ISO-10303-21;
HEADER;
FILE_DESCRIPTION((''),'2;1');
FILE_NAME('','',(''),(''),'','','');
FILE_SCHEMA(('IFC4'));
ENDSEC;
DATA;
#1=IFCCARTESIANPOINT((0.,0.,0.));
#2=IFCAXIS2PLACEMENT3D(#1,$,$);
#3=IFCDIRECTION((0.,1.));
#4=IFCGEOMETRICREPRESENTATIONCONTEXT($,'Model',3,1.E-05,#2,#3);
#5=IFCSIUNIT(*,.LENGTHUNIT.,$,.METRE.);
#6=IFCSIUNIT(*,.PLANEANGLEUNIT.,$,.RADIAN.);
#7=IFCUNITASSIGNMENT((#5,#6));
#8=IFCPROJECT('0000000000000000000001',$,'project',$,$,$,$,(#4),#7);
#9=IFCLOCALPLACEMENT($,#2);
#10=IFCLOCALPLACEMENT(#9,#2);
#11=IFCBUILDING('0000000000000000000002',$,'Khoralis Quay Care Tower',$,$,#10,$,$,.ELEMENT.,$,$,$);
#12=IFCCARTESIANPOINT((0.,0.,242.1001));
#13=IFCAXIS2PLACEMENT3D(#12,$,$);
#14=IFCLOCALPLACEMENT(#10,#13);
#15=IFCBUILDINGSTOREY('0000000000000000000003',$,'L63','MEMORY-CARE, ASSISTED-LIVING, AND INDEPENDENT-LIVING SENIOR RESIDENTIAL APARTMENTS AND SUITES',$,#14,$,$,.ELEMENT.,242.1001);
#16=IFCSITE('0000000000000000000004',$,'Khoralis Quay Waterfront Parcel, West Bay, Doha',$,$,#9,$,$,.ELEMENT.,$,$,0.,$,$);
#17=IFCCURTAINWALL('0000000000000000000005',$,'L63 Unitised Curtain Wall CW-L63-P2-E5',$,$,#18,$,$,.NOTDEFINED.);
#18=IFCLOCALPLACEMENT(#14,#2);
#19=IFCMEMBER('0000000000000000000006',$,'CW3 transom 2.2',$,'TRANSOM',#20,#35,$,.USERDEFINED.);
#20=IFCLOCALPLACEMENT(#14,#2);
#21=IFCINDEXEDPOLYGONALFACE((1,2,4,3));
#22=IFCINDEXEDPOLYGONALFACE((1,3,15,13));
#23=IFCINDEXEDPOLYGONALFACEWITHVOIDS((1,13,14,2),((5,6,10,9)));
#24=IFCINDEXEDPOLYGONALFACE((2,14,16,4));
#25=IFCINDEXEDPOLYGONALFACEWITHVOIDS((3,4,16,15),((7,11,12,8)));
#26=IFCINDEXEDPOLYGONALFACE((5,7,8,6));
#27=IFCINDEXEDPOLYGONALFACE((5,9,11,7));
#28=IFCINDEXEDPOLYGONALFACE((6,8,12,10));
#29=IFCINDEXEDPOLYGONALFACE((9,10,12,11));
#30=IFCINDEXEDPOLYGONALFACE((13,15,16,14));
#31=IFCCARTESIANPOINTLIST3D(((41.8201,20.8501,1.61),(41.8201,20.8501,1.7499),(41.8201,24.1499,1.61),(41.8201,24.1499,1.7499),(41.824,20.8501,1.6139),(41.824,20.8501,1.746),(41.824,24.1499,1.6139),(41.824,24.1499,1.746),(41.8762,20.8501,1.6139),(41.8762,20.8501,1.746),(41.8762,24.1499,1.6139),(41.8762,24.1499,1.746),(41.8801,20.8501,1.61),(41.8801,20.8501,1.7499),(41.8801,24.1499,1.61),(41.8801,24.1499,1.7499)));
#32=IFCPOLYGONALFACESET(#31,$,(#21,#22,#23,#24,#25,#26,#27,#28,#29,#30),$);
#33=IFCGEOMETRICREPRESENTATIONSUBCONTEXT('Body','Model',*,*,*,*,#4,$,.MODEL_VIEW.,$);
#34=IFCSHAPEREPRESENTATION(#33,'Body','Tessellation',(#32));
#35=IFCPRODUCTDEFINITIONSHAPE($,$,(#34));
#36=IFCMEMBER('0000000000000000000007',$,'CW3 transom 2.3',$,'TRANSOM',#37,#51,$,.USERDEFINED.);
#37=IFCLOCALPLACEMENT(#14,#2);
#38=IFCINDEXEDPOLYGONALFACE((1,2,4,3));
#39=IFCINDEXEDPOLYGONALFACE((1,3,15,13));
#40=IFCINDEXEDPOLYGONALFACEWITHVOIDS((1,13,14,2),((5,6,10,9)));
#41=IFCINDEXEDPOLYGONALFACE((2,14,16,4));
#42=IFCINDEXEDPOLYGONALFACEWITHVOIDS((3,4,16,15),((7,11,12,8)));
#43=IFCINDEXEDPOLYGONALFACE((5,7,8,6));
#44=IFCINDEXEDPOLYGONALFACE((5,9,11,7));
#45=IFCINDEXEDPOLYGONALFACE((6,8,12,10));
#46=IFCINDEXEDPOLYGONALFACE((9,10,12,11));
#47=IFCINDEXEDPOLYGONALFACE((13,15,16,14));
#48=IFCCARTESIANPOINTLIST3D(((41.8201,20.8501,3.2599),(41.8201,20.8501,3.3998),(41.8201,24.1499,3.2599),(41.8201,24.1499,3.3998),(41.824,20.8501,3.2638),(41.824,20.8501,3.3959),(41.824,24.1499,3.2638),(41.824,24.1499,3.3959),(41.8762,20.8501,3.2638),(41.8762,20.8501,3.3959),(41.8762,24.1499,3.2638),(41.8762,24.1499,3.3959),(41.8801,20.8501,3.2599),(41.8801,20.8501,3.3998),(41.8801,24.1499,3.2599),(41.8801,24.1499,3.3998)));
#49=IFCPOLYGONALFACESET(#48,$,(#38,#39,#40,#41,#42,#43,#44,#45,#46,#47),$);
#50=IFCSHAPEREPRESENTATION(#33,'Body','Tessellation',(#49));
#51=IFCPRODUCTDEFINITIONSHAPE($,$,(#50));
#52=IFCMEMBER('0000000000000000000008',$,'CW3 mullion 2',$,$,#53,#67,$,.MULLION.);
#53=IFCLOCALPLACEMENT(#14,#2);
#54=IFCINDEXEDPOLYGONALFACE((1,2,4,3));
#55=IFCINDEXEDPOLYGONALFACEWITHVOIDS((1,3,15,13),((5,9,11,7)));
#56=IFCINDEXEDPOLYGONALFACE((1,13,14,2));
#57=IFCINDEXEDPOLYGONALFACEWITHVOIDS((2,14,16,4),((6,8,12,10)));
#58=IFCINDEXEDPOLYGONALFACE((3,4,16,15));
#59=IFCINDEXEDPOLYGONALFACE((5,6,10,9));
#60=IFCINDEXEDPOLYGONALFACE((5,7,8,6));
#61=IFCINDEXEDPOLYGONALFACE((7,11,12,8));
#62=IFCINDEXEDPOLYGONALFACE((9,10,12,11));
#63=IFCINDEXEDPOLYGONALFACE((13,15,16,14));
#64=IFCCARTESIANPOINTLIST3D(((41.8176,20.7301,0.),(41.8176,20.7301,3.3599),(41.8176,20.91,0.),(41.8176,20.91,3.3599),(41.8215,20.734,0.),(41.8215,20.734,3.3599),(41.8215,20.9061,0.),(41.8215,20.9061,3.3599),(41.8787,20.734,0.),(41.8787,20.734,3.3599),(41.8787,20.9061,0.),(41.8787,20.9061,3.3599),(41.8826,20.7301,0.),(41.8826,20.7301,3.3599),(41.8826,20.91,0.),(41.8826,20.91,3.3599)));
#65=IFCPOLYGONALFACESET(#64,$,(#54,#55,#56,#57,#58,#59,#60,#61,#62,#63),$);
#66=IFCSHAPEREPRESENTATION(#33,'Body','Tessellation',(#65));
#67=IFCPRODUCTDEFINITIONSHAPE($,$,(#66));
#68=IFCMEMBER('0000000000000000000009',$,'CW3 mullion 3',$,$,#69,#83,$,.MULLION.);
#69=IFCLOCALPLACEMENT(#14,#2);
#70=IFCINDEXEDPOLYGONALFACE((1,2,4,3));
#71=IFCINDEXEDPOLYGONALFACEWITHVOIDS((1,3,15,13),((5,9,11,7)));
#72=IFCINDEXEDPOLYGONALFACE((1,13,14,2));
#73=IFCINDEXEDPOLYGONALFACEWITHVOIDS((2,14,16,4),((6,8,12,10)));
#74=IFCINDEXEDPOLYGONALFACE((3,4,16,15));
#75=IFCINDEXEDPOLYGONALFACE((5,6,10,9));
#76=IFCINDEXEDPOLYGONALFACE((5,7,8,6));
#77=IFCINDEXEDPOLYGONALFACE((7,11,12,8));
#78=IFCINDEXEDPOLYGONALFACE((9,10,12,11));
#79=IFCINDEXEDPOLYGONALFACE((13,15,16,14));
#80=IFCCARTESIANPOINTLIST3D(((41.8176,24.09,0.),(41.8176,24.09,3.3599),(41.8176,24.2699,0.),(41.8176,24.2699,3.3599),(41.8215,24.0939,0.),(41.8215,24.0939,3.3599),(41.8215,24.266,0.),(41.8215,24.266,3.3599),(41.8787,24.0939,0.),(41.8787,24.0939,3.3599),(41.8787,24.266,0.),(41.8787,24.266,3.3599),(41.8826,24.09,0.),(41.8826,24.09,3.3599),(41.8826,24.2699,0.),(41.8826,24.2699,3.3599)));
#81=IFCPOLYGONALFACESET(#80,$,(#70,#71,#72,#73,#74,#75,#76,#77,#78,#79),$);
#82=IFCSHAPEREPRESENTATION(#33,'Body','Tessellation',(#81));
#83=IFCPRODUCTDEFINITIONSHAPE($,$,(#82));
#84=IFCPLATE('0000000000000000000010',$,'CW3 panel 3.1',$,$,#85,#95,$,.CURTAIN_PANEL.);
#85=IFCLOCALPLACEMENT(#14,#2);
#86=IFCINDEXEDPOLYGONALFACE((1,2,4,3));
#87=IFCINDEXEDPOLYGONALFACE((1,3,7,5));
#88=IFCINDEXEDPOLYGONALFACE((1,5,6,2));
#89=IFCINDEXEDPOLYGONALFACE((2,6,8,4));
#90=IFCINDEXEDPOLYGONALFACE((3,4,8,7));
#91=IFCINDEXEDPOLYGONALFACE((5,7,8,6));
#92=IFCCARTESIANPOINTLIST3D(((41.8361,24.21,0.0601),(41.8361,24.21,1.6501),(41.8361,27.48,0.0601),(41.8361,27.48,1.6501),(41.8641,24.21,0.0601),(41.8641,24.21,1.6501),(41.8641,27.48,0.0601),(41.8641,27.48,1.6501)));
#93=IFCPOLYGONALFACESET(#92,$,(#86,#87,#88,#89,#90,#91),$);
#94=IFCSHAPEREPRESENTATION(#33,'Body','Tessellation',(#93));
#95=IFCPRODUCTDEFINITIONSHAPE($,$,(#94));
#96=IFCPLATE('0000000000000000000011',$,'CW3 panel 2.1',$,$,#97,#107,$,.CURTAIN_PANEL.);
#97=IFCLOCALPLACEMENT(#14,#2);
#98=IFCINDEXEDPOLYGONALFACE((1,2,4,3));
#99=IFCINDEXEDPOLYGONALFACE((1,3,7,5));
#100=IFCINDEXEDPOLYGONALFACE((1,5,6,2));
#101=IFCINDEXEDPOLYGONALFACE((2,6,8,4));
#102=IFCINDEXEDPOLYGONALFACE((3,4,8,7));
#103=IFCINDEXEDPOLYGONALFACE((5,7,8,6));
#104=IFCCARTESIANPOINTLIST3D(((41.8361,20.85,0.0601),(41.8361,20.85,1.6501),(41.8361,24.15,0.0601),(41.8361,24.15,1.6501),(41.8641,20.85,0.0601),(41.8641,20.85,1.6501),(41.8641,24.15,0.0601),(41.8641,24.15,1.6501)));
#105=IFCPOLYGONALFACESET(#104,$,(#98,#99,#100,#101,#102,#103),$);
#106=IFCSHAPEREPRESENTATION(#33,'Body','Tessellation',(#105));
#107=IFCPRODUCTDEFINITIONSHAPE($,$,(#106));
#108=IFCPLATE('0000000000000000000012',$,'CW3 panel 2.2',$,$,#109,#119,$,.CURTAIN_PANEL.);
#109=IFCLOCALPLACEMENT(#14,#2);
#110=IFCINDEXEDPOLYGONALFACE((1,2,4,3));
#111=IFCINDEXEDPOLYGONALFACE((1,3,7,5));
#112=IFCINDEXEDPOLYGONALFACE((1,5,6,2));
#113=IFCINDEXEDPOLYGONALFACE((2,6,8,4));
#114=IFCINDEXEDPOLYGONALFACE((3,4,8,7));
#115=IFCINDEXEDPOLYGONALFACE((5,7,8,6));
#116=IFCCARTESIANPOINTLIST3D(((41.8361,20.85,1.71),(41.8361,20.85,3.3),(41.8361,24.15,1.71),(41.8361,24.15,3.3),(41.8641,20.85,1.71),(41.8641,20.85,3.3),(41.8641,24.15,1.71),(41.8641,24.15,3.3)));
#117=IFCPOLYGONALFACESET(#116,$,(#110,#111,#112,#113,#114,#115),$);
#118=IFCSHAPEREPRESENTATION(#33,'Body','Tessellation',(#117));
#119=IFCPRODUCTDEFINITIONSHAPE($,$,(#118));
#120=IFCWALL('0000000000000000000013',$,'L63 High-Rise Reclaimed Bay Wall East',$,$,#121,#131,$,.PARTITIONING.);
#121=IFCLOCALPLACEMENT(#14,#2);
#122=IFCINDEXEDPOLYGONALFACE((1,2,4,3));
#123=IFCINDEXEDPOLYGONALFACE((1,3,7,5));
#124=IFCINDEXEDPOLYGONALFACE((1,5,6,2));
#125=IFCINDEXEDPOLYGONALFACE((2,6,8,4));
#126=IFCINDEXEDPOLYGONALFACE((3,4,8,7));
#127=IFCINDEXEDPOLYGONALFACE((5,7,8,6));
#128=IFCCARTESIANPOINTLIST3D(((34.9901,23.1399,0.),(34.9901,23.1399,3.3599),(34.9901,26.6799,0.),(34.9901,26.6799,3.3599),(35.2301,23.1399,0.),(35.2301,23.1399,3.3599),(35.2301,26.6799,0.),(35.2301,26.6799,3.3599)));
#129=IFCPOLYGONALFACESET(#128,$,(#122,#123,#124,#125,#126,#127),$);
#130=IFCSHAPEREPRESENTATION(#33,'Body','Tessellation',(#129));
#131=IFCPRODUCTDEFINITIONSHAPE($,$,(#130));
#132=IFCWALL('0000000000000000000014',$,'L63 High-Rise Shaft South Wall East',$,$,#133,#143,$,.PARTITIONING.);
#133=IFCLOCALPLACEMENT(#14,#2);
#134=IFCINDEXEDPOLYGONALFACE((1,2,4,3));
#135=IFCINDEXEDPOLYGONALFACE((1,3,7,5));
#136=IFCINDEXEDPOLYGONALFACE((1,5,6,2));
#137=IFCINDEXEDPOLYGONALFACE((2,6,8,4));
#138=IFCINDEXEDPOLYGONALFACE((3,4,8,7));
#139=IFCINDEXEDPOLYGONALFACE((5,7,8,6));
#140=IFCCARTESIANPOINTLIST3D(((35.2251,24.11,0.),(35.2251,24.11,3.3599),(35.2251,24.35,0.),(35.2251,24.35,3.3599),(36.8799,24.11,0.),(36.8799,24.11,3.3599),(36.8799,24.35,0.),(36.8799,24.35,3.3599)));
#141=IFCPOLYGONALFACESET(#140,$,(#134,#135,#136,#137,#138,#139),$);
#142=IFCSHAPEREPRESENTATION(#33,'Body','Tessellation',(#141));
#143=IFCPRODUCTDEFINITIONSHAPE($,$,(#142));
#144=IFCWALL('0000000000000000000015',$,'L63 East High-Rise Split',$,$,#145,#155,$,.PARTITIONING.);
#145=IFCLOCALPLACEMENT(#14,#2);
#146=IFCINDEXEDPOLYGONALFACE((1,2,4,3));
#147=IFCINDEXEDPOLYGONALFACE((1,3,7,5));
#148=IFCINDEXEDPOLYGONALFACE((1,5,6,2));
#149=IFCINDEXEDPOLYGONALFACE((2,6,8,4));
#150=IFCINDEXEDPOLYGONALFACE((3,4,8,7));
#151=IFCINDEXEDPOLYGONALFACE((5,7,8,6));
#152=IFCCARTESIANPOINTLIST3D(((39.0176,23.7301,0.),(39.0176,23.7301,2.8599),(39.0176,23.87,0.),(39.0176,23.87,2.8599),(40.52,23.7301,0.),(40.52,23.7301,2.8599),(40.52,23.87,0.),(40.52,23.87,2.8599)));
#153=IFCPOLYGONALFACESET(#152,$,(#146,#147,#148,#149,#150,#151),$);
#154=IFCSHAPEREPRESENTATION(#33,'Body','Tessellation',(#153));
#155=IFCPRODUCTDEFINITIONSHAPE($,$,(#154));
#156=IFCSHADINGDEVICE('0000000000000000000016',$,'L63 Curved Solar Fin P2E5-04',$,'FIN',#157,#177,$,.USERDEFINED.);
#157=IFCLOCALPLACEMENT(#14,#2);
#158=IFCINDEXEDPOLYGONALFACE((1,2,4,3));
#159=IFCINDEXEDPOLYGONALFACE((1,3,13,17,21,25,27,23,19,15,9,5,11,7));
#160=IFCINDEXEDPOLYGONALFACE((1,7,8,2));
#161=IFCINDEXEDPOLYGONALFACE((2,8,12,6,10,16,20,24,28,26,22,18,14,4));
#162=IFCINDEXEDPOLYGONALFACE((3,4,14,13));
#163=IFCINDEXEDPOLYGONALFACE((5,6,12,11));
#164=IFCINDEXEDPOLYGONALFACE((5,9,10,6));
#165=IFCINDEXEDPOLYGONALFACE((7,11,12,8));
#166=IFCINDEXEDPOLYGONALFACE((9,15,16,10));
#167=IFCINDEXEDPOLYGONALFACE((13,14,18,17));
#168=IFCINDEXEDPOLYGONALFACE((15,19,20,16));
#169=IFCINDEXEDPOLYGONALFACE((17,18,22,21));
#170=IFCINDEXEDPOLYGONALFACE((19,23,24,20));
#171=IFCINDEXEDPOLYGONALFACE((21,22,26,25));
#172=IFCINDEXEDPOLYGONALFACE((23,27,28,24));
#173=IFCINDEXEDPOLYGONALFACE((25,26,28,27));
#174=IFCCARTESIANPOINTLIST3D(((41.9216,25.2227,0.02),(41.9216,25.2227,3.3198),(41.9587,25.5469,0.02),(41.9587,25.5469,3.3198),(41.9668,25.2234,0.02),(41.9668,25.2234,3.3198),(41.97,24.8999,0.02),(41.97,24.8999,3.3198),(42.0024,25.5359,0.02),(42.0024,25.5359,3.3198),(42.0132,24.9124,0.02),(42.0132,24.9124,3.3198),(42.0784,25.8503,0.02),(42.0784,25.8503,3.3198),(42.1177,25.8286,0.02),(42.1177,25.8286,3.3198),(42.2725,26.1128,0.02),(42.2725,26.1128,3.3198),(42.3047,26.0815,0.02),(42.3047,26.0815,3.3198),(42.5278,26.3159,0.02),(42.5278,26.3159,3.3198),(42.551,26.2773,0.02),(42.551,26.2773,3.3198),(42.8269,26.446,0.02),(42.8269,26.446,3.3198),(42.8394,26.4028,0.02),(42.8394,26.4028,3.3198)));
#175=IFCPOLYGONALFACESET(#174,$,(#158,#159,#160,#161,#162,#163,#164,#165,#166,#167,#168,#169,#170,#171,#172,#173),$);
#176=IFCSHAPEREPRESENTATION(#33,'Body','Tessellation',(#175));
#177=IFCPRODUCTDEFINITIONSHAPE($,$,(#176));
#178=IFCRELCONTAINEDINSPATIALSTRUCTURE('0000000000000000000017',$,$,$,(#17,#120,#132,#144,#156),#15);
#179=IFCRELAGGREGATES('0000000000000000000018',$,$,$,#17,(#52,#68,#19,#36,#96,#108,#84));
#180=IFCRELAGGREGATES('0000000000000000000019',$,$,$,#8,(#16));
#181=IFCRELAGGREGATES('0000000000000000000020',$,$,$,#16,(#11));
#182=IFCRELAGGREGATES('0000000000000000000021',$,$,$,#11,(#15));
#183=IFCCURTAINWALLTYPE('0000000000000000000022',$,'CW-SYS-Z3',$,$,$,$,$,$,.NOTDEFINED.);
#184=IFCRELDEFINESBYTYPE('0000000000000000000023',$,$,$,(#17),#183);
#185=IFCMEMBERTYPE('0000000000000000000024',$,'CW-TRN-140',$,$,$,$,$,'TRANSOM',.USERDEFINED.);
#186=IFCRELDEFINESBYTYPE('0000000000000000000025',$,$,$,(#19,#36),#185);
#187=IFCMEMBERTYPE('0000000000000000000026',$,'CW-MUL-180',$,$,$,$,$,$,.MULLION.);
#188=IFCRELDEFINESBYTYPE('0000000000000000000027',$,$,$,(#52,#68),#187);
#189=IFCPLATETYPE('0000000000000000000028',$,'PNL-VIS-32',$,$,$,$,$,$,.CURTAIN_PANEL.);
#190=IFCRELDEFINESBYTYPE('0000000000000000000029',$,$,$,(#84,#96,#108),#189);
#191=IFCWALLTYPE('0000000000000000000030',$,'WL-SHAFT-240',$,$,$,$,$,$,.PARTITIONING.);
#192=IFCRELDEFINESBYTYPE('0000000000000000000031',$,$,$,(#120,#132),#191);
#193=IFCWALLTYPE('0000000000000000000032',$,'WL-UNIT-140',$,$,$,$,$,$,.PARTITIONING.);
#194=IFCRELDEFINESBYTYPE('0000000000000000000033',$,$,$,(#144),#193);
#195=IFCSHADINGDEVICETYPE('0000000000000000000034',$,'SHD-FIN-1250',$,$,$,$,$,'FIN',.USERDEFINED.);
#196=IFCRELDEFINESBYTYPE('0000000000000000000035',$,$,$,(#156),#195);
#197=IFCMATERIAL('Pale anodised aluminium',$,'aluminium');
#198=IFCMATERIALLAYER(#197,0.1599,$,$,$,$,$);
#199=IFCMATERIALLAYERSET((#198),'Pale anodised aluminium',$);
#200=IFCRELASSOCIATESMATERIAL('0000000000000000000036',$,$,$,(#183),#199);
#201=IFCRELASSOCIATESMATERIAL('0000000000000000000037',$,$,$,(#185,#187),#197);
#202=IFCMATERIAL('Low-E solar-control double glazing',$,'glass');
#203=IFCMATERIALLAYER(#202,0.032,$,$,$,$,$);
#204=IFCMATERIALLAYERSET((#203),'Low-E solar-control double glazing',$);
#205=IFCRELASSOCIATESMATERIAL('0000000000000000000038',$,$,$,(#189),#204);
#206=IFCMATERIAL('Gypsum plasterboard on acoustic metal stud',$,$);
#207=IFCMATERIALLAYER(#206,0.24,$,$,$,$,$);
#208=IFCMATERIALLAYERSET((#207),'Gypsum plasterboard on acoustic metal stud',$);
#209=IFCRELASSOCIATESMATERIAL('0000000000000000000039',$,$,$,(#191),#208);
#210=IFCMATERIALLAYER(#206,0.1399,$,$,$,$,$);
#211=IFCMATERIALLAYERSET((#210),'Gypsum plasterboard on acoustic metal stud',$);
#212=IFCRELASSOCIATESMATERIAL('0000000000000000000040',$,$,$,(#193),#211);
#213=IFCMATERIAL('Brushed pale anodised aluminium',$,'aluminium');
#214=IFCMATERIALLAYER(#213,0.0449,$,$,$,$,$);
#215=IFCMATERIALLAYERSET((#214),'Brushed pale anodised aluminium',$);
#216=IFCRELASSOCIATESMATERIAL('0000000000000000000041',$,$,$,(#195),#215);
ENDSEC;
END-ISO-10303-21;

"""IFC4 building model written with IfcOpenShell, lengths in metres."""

from ifc_helpers import new_model, si_unit, direction, frame, frame_2d, origin, origin_2d, place, context, subcontext, project, spatial, polyline, rectangle, hollow_rectangle, outline, extrude, source, transform, mapped, material, layer, layer_set, material_profile, profile_set, type_object, element, aggregate, save


model = new_model("IFC4")

# Units and contexts
model_context = context("Model", 3, precision=1e-05, world=origin(), true_north=direction((0.0, 1.0)))
body_context = subcontext(model_context, "Body", "Model", "MODEL_VIEW")
ifc_project = project(units=[si_unit("LENGTHUNIT", "METRE"), si_unit("PLANEANGLEUNIT", "RADIAN")], contexts=[model_context])

# Site, building, storey
site_placement = place(None, origin())
site = spatial("IfcSite", under=ifc_project, at=site_placement, Name="Khoralis Quay Waterfront Parcel, West Bay, Doha", CompositionType="ELEMENT", RefElevation=0.0)
building_placement = place(site_placement, origin())
building = spatial("IfcBuilding", under=site, at=building_placement, Name="Khoralis Quay Care Tower", CompositionType="ELEMENT")
storey_placement = place(building_placement, frame((0.0, 0.0, 242.1001)))
storey = spatial("IfcBuildingStorey", under=building, at=storey_placement, Name="L63", Description="MEMORY-CARE, ASSISTED-LIVING, AND INDEPENDENT-LIVING SENIOR RESIDENTIAL APARTMENTS AND SUITES", CompositionType="ELEMENT", Elevation=242.1001)

# Curtain wall, members, plates
ifc_material_1 = material(Name="Pale anodised aluminium", Category="aluminium")
ifc_layer_1 = layer(ifc_material_1, 0.1599)
ifc_layer_set_1 = layer_set([ifc_layer_1], Name="Pale anodised aluminium")
curtain_wall_type = type_object("IfcCurtainWallType", Name="CW-SYS-Z3", PredefinedType="NOTDEFINED", material=ifc_layer_set_1)
curtain_wall_placement = place(storey_placement, origin())
curtain_wall = element("IfcCurtainWall", 1, at=curtain_wall_placement, inside=storey, type_object=curtain_wall_type, Name="L63 Unitised Curtain Wall CW-L63-P2-E5", PredefinedType="NOTDEFINED")
ifc_material_profile_1 = material_profile(ifc_material_1, hollow_rectangle(XDim=0.0601, YDim=0.1399, WallThickness=0.0039, at=origin_2d()), Name="Pale anodised aluminium")
ifc_profile_set_1 = profile_set([ifc_material_profile_1], Name="Pale anodised aluminium")
member_type_1 = type_object("IfcMemberType", Name="CW-TRN-140", ElementType="TRANSOM", PredefinedType="USERDEFINED", material=ifc_profile_set_1)
shared_shape_1 = source(origin(), body_context, "Body", "SweptSolid", [
    extrude(hollow_rectangle(XDim=0.0601, YDim=0.1399, WallThickness=0.0039, at=origin_2d()), origin(), (0.0, 0.0, 1.0), 3.2998),
])
member_1_placement = place(storey_placement, frame((41.8501, 20.8501, 1.6799), z_axis=(0.0, 1.0, 0.0), x_axis=(-1.0, 0.0, 0.0)))
member_1 = element("IfcMember", 2, at=member_1_placement, type_object=member_type_1, Name="CW3 transom 2.2", ObjectType="TRANSOM", PredefinedType="USERDEFINED", context=body_context, shape_type="MappedRepresentation", body=[
    mapped(shared_shape_1, transform((0.0, 0.0, 0.0), scale=1.0)),
])
member_2_placement = place(storey_placement, frame((41.8501, 20.8501, 3.3298), z_axis=(0.0, 1.0, 0.0), x_axis=(-1.0, 0.0, 0.0)))
member_2 = element("IfcMember", 3, at=member_2_placement, type_object=member_type_1, Name="CW3 transom 2.3", ObjectType="TRANSOM", PredefinedType="USERDEFINED", context=body_context, shape_type="MappedRepresentation", body=[
    mapped(shared_shape_1, transform((0.0, 0.0, 0.0), scale=1.0)),
])
ifc_material_profile_2 = material_profile(ifc_material_1, hollow_rectangle(XDim=0.0649, YDim=0.1799, WallThickness=0.0039, at=origin_2d()), Name="Pale anodised aluminium")
ifc_profile_set_2 = profile_set([ifc_material_profile_2], Name="Pale anodised aluminium")
member_type_2 = type_object("IfcMemberType", Name="CW-MUL-180", PredefinedType="MULLION", material=ifc_profile_set_2)
shared_shape_2 = source(origin(), body_context, "Body", "SweptSolid", [
    extrude(hollow_rectangle(XDim=0.0649, YDim=0.1799, WallThickness=0.0039, at=origin_2d()), origin(), (0.0, 0.0, 1.0), 3.3599),
])
member_3_placement = place(storey_placement, frame((41.8501, 20.8201, 0.0), z_axis=(0.0, 0.0, 1.0), x_axis=(-1.0, 0.0, 0.0)))
member_3 = element("IfcMember", 4, at=member_3_placement, type_object=member_type_2, Name="CW3 mullion 2", PredefinedType="MULLION", context=body_context, shape_type="MappedRepresentation", body=[
    mapped(shared_shape_2, transform((0.0, 0.0, 0.0), scale=1.0)),
])
member_4_placement = place(storey_placement, frame((41.8501, 24.1799, 0.0), z_axis=(0.0, 0.0, 1.0), x_axis=(-1.0, 0.0, 0.0)))
member_4 = element("IfcMember", 5, at=member_4_placement, type_object=member_type_2, Name="CW3 mullion 3", PredefinedType="MULLION", context=body_context, shape_type="MappedRepresentation", body=[
    mapped(shared_shape_2, transform((0.0, 0.0, 0.0), scale=1.0)),
])
ifc_material_2 = material(Name="Low-E solar-control double glazing", Category="glass")
ifc_layer_2 = layer(ifc_material_2, 0.032)
ifc_layer_set_2 = layer_set([ifc_layer_2], Name="Low-E solar-control double glazing")
plate_type = type_object("IfcPlateType", Name="PNL-VIS-32", PredefinedType="CURTAIN_PANEL", material=ifc_layer_set_2)
shared_shape_3 = source(origin(), body_context, "Body", "SweptSolid", [
    extrude(rectangle(XDim=3.27, YDim=0.0281, at=origin_2d()), origin(), (0.0, 0.0, 1.0), 1.5901),
])
plate_1_placement = place(storey_placement, frame((41.8501, 25.845, 0.0601), z_axis=(0.0, 0.0, 1.0), x_axis=(0.0, 1.0, 0.0)))
plate_1 = element("IfcPlate", 6, at=plate_1_placement, type_object=plate_type, Name="CW3 panel 3.1", PredefinedType="CURTAIN_PANEL", context=body_context, shape_type="MappedRepresentation", body=[
    mapped(shared_shape_3, transform((0.0, 0.0, 0.0), scale=1.0)),
])
shared_shape_4 = source(origin(), body_context, "Body", "SweptSolid", [
    extrude(rectangle(XDim=3.3, YDim=0.0281, at=origin_2d()), origin(), (0.0, 0.0, 1.0), 1.5901),
])
plate_2_placement = place(storey_placement, frame((41.8501, 22.5, 0.0601), z_axis=(0.0, 0.0, 1.0), x_axis=(0.0, 1.0, 0.0)))
plate_2 = element("IfcPlate", 7, at=plate_2_placement, type_object=plate_type, Name="CW3 panel 2.1", PredefinedType="CURTAIN_PANEL", context=body_context, shape_type="MappedRepresentation", body=[
    mapped(shared_shape_4, transform((0.0, 0.0, 0.0), scale=1.0)),
])
plate_3_placement = place(storey_placement, frame((41.8501, 22.5, 1.71), z_axis=(0.0, 0.0, 1.0), x_axis=(0.0, 1.0, 0.0)))
plate_3 = element("IfcPlate", 8, at=plate_3_placement, type_object=plate_type, Name="CW3 panel 2.2", PredefinedType="CURTAIN_PANEL", context=body_context, shape_type="MappedRepresentation", body=[
    mapped(shared_shape_4, transform((0.0, 0.0, 0.0), scale=1.0)),
])
aggregate(curtain_wall, [member_3, member_4, member_1, member_2, plate_2, plate_3, plate_1])

# Walls
ifc_material_3 = material(Name="Gypsum plasterboard on acoustic metal stud")
ifc_layer_3 = layer(ifc_material_3, 0.24)
ifc_layer_set_3 = layer_set([ifc_layer_3], Name="Gypsum plasterboard on acoustic metal stud")
wall_type_1 = type_object("IfcWallType", Name="WL-SHAFT-240", PredefinedType="PARTITIONING", material=ifc_layer_set_3)
wall_1_placement = place(storey_placement, frame((35.1101, 23.1399, 0.0), z_axis=(0.0, 0.0, 1.0), x_axis=(0.0, 1.0, 0.0)))
element("IfcWall", 9, at=wall_1_placement, inside=storey, type_object=wall_type_1, Name="L63 High-Rise Reclaimed Bay Wall East", PredefinedType="PARTITIONING", context=body_context, shape_type="SweptSolid", body=[
    extrude(rectangle(XDim=3.54, YDim=0.24, at=frame_2d((1.77, 0.0))), origin(), (0.0, 0.0, 1.0), 3.3599),
])
wall_2_placement = place(storey_placement, frame((35.2251, 24.23, 0.0), z_axis=(0.0, 0.0, 1.0), x_axis=(1.0, 0.0, 0.0)))
element("IfcWall", 10, at=wall_2_placement, inside=storey, type_object=wall_type_1, Name="L63 High-Rise Shaft South Wall East", PredefinedType="PARTITIONING", context=body_context, shape_type="SweptSolid", body=[
    extrude(rectangle(XDim=1.6548, YDim=0.24, at=frame_2d((0.8274, 0.0))), origin(), (0.0, 0.0, 1.0), 3.3599),
])
ifc_layer_4 = layer(ifc_material_3, 0.1399)
ifc_layer_set_4 = layer_set([ifc_layer_4], Name="Gypsum plasterboard on acoustic metal stud")
wall_type_2 = type_object("IfcWallType", Name="WL-UNIT-140", PredefinedType="PARTITIONING", material=ifc_layer_set_4)
wall_3_placement = place(storey_placement, frame((39.0176, 23.8, 0.0), z_axis=(0.0, 0.0, 1.0), x_axis=(1.0, 0.0, 0.0)))
element("IfcWall", 11, at=wall_3_placement, inside=storey, type_object=wall_type_2, Name="L63 East High-Rise Split", PredefinedType="PARTITIONING", context=body_context, shape_type="SweptSolid", body=[
    extrude(rectangle(XDim=1.5024, YDim=0.1399, at=frame_2d((0.7512, 0.0))), origin(), (0.0, 0.0, 1.0), 2.8599),
])

# Shading device
ifc_material_4 = material(Name="Brushed pale anodised aluminium", Category="aluminium")
ifc_layer_5 = layer(ifc_material_4, 0.0449)
ifc_layer_set_5 = layer_set([ifc_layer_5], Name="Brushed pale anodised aluminium")
shading_device_type = type_object("IfcShadingDeviceType", Name="SHD-FIN-1250", ElementType="FIN", PredefinedType="USERDEFINED", material=ifc_layer_set_5)
shared_shape_5 = source(origin(), body_context, "Body", "SweptSolid", [
    extrude(outline(polyline([(0.0, 0.0), (-0.0483, 0.3228), (-0.0112, 0.647), (0.1084, 0.9504), (0.3025, 1.2129), (0.5579, 1.416), (0.8569, 1.5461), (0.8694, 1.5029), (0.5811, 1.3774), (0.3347, 1.1816), (0.1477, 0.9287), (0.0325, 0.636), (-0.0032, 0.3235), (0.0432, 0.0125), (0.0, 0.0)])), origin(), (0.0, 0.0, 1.0), 3.2998),
])
shading_device_placement = place(storey_placement, frame((41.97, 24.8999, 0.02), z_axis=(0.0, 0.0, 1.0), x_axis=(1.0, 0.0, 0.0)))
element("IfcShadingDevice", 12, at=shading_device_placement, inside=storey, type_object=shading_device_type, Name="L63 Curved Solar Fin P2E5-04", ObjectType="FIN", PredefinedType="USERDEFINED", context=body_context, shape_type="MappedRepresentation", body=[
    mapped(shared_shape_5, transform((0.0, 0.0, 0.0), scale=1.0)),
])

save(model, "model.ifc")
